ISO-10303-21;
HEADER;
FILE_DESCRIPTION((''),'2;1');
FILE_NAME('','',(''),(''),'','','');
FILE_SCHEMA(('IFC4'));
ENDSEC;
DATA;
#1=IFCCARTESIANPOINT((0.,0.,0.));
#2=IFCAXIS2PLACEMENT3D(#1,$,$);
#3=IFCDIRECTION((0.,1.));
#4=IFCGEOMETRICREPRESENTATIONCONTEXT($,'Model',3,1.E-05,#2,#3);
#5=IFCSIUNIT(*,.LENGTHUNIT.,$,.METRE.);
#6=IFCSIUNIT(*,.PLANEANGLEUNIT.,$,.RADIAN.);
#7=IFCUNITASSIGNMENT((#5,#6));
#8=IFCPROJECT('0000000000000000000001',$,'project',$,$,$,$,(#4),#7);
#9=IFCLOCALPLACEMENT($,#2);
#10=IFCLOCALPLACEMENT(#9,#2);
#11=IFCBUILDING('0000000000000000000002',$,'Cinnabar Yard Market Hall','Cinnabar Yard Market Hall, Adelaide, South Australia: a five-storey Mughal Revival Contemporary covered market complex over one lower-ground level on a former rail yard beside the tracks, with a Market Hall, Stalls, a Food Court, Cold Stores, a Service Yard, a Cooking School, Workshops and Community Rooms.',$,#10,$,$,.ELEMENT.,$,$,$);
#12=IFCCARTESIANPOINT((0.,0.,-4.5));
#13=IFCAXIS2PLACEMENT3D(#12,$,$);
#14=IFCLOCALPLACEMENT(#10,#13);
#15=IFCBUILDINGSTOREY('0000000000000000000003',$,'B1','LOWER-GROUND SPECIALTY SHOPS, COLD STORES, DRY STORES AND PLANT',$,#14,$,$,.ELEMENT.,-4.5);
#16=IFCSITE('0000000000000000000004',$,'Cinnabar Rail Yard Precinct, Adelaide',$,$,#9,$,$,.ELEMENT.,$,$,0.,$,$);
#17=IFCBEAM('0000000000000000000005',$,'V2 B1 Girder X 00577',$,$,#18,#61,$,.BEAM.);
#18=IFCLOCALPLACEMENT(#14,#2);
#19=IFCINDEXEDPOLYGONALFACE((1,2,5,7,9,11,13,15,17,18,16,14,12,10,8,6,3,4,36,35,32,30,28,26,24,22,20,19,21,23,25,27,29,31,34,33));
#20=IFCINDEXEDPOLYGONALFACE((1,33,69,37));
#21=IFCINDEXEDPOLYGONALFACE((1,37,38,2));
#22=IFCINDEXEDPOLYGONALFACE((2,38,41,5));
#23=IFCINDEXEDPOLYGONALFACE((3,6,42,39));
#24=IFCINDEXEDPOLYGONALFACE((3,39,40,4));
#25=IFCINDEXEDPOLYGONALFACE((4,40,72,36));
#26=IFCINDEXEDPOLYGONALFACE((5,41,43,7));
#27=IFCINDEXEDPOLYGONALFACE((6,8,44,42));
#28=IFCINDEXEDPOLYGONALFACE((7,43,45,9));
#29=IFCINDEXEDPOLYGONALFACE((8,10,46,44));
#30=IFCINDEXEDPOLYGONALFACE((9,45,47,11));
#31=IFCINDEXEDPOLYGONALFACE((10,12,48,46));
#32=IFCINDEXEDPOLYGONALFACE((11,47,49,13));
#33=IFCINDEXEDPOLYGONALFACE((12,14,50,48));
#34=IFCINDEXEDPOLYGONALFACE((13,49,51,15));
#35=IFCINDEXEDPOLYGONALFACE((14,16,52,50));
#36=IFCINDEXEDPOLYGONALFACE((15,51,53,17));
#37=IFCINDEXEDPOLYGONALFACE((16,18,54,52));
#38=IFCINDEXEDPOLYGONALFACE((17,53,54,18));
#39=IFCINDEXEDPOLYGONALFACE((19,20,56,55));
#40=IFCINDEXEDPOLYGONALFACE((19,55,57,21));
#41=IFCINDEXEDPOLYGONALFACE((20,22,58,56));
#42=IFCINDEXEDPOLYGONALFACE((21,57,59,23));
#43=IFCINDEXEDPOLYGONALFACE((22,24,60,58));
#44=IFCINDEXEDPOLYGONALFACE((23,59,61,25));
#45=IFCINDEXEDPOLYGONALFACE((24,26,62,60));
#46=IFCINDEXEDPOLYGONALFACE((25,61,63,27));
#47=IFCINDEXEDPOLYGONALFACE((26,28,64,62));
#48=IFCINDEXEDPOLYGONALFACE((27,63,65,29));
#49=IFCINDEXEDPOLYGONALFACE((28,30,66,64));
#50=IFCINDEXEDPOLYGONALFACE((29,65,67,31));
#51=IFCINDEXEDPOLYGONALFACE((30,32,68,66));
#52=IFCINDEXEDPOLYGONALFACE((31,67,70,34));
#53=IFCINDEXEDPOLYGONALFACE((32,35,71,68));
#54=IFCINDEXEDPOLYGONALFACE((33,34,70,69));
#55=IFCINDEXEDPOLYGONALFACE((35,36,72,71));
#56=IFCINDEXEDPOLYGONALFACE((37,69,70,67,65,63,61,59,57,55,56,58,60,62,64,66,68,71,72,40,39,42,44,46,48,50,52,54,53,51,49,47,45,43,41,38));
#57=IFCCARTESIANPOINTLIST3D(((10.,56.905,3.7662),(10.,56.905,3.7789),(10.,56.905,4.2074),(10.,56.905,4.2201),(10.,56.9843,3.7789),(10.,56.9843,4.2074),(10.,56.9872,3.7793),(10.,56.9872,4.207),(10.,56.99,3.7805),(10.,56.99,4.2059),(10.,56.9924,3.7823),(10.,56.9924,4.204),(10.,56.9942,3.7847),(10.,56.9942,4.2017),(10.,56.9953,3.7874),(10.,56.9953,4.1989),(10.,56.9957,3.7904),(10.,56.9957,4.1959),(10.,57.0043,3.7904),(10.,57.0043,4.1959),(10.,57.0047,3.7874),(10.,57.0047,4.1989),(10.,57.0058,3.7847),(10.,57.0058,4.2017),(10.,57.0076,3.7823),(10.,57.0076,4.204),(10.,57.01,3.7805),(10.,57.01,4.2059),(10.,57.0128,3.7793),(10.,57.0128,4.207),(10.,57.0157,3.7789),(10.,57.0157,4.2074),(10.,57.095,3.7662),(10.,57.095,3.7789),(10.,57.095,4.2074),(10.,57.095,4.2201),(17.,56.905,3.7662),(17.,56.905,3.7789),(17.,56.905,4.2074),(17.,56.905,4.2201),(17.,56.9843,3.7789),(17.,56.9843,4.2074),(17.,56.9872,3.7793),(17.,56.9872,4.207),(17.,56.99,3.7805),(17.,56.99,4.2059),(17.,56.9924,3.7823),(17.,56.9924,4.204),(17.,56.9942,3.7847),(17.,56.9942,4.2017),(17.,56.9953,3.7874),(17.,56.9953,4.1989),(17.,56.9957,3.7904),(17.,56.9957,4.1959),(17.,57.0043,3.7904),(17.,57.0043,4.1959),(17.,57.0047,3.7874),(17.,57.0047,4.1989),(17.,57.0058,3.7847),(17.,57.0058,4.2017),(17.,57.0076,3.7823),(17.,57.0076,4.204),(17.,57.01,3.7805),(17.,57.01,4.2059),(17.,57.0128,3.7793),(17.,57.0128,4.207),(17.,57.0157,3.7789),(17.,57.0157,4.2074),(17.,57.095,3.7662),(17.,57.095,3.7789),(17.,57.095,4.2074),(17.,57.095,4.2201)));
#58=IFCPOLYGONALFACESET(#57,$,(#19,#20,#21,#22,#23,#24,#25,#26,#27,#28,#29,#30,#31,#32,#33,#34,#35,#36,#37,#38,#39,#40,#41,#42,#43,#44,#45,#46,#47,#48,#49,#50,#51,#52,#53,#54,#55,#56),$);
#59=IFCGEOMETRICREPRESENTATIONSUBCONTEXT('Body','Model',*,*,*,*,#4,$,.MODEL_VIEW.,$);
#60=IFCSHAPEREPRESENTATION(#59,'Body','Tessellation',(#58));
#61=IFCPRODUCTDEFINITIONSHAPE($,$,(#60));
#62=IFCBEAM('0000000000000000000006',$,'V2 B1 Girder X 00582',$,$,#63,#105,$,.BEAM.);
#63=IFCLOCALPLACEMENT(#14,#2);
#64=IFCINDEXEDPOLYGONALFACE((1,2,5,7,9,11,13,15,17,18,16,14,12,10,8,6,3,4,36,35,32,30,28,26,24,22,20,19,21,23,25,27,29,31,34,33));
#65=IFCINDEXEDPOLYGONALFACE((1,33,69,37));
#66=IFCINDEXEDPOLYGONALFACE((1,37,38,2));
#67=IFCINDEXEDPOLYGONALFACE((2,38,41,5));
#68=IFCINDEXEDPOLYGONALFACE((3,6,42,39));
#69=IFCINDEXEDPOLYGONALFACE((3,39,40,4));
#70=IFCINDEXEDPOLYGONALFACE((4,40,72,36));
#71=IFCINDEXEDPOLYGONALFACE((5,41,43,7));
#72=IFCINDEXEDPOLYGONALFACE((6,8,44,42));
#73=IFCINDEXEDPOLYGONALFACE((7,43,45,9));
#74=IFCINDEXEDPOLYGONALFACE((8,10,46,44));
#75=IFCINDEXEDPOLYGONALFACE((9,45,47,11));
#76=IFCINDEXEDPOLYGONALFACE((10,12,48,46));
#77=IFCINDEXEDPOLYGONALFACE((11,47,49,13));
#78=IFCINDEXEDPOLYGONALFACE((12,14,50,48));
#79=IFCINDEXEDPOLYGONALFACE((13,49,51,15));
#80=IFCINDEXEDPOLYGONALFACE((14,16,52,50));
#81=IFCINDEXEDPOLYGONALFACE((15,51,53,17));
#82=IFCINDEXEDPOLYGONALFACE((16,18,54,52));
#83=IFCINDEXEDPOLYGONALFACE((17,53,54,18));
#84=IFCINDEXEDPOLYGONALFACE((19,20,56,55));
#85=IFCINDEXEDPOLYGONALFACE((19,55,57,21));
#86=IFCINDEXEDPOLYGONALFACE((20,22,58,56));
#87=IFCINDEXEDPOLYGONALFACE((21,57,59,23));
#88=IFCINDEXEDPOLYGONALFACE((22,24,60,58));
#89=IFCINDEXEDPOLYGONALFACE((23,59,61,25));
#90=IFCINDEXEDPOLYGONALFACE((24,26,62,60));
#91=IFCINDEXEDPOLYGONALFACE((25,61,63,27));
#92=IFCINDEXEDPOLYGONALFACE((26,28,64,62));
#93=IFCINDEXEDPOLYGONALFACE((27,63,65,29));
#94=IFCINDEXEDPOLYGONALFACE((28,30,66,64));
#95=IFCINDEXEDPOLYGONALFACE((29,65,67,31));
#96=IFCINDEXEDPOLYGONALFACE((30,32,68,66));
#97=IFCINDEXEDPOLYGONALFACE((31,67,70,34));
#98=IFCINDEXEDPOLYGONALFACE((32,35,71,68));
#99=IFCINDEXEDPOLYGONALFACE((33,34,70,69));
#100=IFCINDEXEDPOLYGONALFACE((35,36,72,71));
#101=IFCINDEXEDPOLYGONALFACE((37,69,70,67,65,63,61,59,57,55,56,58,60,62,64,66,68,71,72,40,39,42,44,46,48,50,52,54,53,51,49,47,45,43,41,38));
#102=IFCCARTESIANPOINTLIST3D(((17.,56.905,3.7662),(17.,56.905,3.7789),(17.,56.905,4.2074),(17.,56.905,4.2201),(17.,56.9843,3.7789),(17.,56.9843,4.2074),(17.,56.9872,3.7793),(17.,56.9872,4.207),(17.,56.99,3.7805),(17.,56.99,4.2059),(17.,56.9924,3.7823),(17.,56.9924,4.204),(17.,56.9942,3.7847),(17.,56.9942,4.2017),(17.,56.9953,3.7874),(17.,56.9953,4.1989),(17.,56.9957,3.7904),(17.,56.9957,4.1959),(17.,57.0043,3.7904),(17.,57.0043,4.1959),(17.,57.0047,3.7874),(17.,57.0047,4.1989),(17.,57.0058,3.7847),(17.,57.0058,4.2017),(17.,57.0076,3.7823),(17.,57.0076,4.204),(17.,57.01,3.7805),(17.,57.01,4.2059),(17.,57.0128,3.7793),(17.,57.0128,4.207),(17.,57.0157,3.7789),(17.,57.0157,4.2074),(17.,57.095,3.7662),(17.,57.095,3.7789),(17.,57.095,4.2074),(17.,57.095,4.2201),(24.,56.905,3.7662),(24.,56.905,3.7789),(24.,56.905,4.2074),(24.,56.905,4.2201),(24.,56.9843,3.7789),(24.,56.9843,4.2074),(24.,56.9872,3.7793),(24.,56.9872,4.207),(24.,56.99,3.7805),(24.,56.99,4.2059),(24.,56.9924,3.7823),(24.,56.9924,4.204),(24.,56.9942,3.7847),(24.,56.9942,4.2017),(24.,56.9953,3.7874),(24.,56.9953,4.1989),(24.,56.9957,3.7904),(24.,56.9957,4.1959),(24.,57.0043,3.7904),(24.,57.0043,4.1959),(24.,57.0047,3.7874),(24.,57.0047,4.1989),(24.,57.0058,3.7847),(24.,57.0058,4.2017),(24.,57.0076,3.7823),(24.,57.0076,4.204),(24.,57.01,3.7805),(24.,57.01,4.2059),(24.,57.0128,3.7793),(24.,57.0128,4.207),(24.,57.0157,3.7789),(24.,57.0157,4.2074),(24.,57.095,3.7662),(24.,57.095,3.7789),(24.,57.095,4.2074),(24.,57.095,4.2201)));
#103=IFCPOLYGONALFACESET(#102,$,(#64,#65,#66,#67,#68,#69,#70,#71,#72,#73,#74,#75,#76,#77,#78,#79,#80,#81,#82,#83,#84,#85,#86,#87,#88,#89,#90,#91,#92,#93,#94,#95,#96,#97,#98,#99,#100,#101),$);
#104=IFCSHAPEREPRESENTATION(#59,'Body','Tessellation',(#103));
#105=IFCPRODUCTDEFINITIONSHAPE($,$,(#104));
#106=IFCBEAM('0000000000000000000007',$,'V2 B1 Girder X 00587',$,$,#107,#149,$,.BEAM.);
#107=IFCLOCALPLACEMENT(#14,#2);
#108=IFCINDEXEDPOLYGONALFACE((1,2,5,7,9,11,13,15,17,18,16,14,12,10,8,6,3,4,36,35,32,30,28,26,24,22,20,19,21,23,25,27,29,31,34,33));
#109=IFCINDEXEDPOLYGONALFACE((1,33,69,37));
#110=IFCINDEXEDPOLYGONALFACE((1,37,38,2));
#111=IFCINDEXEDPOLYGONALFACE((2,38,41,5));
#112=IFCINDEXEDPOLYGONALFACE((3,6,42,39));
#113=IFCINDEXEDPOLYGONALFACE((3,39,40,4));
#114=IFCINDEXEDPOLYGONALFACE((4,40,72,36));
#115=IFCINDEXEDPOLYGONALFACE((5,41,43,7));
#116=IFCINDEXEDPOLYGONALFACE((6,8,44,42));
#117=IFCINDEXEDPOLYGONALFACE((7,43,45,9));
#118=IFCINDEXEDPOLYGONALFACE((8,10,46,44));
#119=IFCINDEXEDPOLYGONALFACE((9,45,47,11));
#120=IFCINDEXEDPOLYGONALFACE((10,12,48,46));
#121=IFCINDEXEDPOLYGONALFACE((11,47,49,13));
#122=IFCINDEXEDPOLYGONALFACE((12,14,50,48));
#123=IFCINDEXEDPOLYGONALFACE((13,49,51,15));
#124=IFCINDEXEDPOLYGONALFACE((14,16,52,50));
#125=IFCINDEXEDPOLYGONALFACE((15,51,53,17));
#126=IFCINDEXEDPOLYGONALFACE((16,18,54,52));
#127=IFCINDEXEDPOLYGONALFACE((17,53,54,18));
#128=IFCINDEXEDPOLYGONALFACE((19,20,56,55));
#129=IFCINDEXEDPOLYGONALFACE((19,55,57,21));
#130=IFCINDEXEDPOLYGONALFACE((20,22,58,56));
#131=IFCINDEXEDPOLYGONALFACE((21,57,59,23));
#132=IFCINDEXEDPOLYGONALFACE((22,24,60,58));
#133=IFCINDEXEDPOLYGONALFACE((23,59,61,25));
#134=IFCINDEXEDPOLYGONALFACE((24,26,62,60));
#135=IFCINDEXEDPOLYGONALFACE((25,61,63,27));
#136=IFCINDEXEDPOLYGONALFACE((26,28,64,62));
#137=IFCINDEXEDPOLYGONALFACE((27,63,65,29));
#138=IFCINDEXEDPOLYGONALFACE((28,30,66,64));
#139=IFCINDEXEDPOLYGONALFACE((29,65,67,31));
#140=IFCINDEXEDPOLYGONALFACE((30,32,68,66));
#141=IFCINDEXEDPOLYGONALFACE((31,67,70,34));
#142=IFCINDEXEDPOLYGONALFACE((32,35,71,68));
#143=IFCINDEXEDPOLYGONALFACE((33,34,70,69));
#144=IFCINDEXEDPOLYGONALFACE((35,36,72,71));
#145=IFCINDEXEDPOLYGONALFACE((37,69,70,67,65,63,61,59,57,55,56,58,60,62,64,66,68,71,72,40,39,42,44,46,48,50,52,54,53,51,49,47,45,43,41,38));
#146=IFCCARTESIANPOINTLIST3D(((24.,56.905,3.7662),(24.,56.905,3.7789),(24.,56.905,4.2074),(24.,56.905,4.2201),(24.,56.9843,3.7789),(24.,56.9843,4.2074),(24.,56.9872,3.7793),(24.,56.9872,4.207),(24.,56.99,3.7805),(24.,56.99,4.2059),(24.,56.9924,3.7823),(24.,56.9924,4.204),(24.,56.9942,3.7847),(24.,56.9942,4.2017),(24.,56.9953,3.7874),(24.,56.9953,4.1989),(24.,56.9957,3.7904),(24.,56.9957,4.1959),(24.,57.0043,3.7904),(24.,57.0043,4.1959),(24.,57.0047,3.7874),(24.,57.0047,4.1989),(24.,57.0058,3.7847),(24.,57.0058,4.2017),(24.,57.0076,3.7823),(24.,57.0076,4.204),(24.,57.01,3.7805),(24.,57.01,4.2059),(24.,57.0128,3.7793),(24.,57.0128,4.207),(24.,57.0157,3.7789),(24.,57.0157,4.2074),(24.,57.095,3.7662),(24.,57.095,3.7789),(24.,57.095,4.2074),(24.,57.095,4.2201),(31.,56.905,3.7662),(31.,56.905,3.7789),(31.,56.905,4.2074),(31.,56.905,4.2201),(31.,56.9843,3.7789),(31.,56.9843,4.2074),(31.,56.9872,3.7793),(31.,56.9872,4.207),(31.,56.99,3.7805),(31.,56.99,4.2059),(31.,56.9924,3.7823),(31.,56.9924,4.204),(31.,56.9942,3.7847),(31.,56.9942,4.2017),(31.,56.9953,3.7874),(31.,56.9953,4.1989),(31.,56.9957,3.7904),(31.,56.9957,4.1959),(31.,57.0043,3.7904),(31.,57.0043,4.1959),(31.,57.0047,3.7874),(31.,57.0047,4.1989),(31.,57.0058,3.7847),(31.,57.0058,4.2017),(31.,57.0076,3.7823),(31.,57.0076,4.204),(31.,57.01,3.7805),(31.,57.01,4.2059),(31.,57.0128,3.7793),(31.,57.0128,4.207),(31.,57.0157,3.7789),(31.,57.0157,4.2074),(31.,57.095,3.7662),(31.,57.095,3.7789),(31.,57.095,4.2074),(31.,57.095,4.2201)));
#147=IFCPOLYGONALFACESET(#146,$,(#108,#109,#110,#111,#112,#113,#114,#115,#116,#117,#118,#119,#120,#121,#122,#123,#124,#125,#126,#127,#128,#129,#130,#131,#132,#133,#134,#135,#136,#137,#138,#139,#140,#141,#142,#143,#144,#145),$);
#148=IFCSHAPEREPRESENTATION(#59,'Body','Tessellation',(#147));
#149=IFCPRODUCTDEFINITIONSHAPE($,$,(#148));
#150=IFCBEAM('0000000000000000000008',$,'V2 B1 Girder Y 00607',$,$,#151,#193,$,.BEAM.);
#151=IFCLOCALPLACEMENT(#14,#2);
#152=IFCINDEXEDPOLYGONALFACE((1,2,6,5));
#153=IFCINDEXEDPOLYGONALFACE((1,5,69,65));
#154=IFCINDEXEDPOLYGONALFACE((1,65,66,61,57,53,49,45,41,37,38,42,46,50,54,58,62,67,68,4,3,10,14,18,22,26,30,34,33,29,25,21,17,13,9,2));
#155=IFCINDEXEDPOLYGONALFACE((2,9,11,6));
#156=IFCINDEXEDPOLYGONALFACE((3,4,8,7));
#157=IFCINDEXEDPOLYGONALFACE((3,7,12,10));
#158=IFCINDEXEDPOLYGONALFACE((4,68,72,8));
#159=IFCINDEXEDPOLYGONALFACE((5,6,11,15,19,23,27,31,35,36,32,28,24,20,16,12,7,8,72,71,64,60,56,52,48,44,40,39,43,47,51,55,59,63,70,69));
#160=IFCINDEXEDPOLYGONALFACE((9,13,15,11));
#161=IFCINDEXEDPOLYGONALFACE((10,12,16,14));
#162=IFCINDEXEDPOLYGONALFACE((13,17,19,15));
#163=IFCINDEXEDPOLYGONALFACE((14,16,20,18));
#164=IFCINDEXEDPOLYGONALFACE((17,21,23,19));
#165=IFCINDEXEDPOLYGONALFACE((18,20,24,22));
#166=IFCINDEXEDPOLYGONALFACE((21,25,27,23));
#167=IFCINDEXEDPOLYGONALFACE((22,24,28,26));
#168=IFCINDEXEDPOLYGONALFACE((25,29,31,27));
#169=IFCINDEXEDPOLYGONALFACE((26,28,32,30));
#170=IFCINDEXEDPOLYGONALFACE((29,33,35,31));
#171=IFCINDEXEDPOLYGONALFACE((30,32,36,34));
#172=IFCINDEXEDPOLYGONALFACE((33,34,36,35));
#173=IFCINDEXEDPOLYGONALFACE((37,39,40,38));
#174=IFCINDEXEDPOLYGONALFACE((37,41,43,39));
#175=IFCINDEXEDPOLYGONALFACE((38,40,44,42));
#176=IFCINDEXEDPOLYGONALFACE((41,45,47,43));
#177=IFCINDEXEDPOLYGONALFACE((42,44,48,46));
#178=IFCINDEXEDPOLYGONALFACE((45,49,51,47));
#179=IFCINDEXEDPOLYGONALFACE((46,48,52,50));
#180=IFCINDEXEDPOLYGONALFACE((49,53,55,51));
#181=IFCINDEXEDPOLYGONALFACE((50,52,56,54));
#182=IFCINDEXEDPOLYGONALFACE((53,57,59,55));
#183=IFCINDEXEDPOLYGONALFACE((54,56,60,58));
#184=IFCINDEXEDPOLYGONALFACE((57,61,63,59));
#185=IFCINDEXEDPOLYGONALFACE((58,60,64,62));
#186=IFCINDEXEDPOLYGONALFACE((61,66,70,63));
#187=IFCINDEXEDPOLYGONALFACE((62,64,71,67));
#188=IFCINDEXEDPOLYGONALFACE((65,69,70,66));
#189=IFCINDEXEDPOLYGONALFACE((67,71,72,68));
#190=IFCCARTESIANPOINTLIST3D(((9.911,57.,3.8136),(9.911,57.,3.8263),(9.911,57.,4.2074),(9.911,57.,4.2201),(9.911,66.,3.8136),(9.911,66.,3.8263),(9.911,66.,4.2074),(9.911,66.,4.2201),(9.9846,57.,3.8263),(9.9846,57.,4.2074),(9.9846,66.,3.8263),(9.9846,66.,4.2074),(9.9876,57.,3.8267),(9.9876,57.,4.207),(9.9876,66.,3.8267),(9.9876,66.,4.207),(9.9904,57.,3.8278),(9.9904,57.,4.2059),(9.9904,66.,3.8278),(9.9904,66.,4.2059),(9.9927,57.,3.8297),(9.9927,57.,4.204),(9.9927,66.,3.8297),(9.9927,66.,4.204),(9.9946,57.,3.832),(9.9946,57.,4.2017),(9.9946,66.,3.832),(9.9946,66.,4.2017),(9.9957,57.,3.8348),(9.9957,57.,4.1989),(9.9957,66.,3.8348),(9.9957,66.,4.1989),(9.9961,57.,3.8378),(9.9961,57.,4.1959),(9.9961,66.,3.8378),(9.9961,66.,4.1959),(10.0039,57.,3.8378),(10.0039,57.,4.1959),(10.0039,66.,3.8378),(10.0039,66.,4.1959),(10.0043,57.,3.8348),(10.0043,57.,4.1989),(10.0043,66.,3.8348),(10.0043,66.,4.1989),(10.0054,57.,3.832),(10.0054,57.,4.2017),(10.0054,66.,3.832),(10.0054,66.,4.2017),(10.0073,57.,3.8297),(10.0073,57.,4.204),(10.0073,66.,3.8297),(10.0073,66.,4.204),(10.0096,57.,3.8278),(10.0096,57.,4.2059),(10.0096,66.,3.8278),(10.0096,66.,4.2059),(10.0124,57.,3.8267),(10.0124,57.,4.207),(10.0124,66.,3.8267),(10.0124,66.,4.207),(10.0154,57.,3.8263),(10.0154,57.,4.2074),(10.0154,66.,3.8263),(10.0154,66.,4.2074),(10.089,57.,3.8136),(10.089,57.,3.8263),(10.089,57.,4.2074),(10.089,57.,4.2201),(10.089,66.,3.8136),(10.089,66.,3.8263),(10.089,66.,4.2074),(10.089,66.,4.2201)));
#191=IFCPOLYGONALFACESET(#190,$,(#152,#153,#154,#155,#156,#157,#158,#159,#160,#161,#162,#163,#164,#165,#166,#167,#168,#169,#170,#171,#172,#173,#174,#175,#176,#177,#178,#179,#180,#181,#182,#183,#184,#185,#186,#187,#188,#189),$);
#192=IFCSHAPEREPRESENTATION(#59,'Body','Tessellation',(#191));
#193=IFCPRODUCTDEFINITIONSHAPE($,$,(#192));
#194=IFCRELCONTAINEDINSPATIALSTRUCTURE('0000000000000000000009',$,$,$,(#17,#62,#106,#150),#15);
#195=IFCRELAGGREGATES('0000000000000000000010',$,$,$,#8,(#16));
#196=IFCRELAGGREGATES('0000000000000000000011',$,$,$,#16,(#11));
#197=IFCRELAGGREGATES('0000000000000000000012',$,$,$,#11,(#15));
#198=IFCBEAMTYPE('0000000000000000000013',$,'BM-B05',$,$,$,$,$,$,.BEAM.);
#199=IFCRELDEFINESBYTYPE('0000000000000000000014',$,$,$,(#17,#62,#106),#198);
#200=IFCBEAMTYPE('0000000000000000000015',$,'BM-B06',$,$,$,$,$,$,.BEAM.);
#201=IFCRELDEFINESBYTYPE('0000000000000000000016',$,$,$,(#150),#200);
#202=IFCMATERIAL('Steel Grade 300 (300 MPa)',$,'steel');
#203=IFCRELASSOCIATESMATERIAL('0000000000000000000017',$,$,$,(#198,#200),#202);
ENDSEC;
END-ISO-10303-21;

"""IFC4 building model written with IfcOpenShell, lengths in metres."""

from ifc_helpers import new_model, si_unit, direction, frame, origin, origin_2d_with_axis, place, context, subcontext, project, spatial, i_section, extrude, material, material_profile, profile_set, type_object, element, save


model = new_model("IFC4")

# Units and contexts
model_context = context("Model", 3, precision=1e-05, world=origin(), true_north=direction((0.0, 1.0)))
body_context = subcontext(model_context, "Body", "Model", "MODEL_VIEW")
ifc_project = project(units=[si_unit("LENGTHUNIT", "METRE"), si_unit("PLANEANGLEUNIT", "RADIAN")], contexts=[model_context])

# Site, building, storey
site_placement = place(None, origin())
site = spatial("IfcSite", under=ifc_project, at=site_placement, Name="Cinnabar Rail Yard Precinct, Adelaide", CompositionType="ELEMENT", RefElevation=0.0)
building_placement = place(site_placement, origin())
building = spatial("IfcBuilding", under=site, at=building_placement, Name="Cinnabar Yard Market Hall", Description="Cinnabar Yard Market Hall, Adelaide, South Australia: a five-storey Mughal Revival Contemporary covered market complex over one lower-ground level on a former rail yard beside the tracks, with a Market Hall, Stalls, a Food Court, Cold Stores, a Service Yard, a Cooking School, Workshops and Community Rooms.", CompositionType="ELEMENT")
storey_placement = place(building_placement, frame((0.0, 0.0, -4.5)))
storey = spatial("IfcBuildingStorey", under=building, at=storey_placement, Name="B1", Description="LOWER-GROUND SPECIALTY SHOPS, COLD STORES, DRY STORES AND PLANT", CompositionType="ELEMENT", Elevation=-4.5)

# Shared definitions
ifc_material_1 = material(Name="Steel Grade 300 (300 MPa)", Category="steel")

# Beams
ifc_material_profile_1 = material_profile(ifc_material_1, i_section(OverallWidth=0.1899, OverallDepth=0.4539, WebThickness=0.0085, FlangeThickness=0.0127, FilletRadius=0.0115, at=origin_2d_with_axis()), Name="460UB67.1")
ifc_profile_set_1 = profile_set([ifc_material_profile_1], Name="Steel Grade 300 (300 MPa)")
beam_type_1 = type_object("IfcBeamType", Name="BM-B05", PredefinedType="BEAM", material=ifc_profile_set_1)
for number, where, z_axis, x_axis, name in (
    (1, (10.0, 57.0, 3.9932), (1.0, 0.0, 0.0), (0.0, 1.0, 0.0), "V2 B1 Girder X 00577"),
    (2, (17.0, 57.0, 3.9932), (1.0, 0.0, 0.0), (0.0, 1.0, 0.0), "V2 B1 Girder X 00582"),
    (3, (24.0, 57.0, 3.9932), (1.0, 0.0, 0.0), (0.0, 1.0, 0.0), "V2 B1 Girder X 00587"),
):
    element("IfcBeam", number, at=place(storey_placement, frame(where, z_axis=z_axis, x_axis=x_axis)), inside=storey, type_object=beam_type_1, Name=name, PredefinedType="BEAM", context=body_context, shape_type="SweptSolid", body=[
        extrude(i_section(OverallWidth=0.1899, OverallDepth=0.4539, WebThickness=0.0085, FlangeThickness=0.0127, FilletRadius=0.0115, at=origin_2d_with_axis()), origin(), (0.0, 0.0, 1.0), 7.0),
    ])
ifc_material_profile_2 = material_profile(ifc_material_1, i_section(OverallWidth=0.178, OverallDepth=0.4065, WebThickness=0.0078, FlangeThickness=0.0127, FilletRadius=0.0115, at=origin_2d_with_axis()), Name="410UB59.7")
ifc_profile_set_2 = profile_set([ifc_material_profile_2], Name="Steel Grade 300 (300 MPa)")
beam_type_2 = type_object("IfcBeamType", Name="BM-B06", PredefinedType="BEAM", material=ifc_profile_set_2)
for number, where, z_axis, x_axis, name in (
    (4, (10.0, 57.0, 4.0168), (0.0, 1.0, 0.0), (-1.0, 0.0, 0.0), "V2 B1 Girder Y 00607"),
):
    element("IfcBeam", number, at=place(storey_placement, frame(where, z_axis=z_axis, x_axis=x_axis)), inside=storey, type_object=beam_type_2, Name=name, PredefinedType="BEAM", context=body_context, shape_type="SweptSolid", body=[
        extrude(i_section(OverallWidth=0.178, OverallDepth=0.4065, WebThickness=0.0078, FlangeThickness=0.0127, FilletRadius=0.0115, at=origin_2d_with_axis()), origin(), (0.0, 0.0, 1.0), 9.0),
    ])

save(model, "model.ifc")
